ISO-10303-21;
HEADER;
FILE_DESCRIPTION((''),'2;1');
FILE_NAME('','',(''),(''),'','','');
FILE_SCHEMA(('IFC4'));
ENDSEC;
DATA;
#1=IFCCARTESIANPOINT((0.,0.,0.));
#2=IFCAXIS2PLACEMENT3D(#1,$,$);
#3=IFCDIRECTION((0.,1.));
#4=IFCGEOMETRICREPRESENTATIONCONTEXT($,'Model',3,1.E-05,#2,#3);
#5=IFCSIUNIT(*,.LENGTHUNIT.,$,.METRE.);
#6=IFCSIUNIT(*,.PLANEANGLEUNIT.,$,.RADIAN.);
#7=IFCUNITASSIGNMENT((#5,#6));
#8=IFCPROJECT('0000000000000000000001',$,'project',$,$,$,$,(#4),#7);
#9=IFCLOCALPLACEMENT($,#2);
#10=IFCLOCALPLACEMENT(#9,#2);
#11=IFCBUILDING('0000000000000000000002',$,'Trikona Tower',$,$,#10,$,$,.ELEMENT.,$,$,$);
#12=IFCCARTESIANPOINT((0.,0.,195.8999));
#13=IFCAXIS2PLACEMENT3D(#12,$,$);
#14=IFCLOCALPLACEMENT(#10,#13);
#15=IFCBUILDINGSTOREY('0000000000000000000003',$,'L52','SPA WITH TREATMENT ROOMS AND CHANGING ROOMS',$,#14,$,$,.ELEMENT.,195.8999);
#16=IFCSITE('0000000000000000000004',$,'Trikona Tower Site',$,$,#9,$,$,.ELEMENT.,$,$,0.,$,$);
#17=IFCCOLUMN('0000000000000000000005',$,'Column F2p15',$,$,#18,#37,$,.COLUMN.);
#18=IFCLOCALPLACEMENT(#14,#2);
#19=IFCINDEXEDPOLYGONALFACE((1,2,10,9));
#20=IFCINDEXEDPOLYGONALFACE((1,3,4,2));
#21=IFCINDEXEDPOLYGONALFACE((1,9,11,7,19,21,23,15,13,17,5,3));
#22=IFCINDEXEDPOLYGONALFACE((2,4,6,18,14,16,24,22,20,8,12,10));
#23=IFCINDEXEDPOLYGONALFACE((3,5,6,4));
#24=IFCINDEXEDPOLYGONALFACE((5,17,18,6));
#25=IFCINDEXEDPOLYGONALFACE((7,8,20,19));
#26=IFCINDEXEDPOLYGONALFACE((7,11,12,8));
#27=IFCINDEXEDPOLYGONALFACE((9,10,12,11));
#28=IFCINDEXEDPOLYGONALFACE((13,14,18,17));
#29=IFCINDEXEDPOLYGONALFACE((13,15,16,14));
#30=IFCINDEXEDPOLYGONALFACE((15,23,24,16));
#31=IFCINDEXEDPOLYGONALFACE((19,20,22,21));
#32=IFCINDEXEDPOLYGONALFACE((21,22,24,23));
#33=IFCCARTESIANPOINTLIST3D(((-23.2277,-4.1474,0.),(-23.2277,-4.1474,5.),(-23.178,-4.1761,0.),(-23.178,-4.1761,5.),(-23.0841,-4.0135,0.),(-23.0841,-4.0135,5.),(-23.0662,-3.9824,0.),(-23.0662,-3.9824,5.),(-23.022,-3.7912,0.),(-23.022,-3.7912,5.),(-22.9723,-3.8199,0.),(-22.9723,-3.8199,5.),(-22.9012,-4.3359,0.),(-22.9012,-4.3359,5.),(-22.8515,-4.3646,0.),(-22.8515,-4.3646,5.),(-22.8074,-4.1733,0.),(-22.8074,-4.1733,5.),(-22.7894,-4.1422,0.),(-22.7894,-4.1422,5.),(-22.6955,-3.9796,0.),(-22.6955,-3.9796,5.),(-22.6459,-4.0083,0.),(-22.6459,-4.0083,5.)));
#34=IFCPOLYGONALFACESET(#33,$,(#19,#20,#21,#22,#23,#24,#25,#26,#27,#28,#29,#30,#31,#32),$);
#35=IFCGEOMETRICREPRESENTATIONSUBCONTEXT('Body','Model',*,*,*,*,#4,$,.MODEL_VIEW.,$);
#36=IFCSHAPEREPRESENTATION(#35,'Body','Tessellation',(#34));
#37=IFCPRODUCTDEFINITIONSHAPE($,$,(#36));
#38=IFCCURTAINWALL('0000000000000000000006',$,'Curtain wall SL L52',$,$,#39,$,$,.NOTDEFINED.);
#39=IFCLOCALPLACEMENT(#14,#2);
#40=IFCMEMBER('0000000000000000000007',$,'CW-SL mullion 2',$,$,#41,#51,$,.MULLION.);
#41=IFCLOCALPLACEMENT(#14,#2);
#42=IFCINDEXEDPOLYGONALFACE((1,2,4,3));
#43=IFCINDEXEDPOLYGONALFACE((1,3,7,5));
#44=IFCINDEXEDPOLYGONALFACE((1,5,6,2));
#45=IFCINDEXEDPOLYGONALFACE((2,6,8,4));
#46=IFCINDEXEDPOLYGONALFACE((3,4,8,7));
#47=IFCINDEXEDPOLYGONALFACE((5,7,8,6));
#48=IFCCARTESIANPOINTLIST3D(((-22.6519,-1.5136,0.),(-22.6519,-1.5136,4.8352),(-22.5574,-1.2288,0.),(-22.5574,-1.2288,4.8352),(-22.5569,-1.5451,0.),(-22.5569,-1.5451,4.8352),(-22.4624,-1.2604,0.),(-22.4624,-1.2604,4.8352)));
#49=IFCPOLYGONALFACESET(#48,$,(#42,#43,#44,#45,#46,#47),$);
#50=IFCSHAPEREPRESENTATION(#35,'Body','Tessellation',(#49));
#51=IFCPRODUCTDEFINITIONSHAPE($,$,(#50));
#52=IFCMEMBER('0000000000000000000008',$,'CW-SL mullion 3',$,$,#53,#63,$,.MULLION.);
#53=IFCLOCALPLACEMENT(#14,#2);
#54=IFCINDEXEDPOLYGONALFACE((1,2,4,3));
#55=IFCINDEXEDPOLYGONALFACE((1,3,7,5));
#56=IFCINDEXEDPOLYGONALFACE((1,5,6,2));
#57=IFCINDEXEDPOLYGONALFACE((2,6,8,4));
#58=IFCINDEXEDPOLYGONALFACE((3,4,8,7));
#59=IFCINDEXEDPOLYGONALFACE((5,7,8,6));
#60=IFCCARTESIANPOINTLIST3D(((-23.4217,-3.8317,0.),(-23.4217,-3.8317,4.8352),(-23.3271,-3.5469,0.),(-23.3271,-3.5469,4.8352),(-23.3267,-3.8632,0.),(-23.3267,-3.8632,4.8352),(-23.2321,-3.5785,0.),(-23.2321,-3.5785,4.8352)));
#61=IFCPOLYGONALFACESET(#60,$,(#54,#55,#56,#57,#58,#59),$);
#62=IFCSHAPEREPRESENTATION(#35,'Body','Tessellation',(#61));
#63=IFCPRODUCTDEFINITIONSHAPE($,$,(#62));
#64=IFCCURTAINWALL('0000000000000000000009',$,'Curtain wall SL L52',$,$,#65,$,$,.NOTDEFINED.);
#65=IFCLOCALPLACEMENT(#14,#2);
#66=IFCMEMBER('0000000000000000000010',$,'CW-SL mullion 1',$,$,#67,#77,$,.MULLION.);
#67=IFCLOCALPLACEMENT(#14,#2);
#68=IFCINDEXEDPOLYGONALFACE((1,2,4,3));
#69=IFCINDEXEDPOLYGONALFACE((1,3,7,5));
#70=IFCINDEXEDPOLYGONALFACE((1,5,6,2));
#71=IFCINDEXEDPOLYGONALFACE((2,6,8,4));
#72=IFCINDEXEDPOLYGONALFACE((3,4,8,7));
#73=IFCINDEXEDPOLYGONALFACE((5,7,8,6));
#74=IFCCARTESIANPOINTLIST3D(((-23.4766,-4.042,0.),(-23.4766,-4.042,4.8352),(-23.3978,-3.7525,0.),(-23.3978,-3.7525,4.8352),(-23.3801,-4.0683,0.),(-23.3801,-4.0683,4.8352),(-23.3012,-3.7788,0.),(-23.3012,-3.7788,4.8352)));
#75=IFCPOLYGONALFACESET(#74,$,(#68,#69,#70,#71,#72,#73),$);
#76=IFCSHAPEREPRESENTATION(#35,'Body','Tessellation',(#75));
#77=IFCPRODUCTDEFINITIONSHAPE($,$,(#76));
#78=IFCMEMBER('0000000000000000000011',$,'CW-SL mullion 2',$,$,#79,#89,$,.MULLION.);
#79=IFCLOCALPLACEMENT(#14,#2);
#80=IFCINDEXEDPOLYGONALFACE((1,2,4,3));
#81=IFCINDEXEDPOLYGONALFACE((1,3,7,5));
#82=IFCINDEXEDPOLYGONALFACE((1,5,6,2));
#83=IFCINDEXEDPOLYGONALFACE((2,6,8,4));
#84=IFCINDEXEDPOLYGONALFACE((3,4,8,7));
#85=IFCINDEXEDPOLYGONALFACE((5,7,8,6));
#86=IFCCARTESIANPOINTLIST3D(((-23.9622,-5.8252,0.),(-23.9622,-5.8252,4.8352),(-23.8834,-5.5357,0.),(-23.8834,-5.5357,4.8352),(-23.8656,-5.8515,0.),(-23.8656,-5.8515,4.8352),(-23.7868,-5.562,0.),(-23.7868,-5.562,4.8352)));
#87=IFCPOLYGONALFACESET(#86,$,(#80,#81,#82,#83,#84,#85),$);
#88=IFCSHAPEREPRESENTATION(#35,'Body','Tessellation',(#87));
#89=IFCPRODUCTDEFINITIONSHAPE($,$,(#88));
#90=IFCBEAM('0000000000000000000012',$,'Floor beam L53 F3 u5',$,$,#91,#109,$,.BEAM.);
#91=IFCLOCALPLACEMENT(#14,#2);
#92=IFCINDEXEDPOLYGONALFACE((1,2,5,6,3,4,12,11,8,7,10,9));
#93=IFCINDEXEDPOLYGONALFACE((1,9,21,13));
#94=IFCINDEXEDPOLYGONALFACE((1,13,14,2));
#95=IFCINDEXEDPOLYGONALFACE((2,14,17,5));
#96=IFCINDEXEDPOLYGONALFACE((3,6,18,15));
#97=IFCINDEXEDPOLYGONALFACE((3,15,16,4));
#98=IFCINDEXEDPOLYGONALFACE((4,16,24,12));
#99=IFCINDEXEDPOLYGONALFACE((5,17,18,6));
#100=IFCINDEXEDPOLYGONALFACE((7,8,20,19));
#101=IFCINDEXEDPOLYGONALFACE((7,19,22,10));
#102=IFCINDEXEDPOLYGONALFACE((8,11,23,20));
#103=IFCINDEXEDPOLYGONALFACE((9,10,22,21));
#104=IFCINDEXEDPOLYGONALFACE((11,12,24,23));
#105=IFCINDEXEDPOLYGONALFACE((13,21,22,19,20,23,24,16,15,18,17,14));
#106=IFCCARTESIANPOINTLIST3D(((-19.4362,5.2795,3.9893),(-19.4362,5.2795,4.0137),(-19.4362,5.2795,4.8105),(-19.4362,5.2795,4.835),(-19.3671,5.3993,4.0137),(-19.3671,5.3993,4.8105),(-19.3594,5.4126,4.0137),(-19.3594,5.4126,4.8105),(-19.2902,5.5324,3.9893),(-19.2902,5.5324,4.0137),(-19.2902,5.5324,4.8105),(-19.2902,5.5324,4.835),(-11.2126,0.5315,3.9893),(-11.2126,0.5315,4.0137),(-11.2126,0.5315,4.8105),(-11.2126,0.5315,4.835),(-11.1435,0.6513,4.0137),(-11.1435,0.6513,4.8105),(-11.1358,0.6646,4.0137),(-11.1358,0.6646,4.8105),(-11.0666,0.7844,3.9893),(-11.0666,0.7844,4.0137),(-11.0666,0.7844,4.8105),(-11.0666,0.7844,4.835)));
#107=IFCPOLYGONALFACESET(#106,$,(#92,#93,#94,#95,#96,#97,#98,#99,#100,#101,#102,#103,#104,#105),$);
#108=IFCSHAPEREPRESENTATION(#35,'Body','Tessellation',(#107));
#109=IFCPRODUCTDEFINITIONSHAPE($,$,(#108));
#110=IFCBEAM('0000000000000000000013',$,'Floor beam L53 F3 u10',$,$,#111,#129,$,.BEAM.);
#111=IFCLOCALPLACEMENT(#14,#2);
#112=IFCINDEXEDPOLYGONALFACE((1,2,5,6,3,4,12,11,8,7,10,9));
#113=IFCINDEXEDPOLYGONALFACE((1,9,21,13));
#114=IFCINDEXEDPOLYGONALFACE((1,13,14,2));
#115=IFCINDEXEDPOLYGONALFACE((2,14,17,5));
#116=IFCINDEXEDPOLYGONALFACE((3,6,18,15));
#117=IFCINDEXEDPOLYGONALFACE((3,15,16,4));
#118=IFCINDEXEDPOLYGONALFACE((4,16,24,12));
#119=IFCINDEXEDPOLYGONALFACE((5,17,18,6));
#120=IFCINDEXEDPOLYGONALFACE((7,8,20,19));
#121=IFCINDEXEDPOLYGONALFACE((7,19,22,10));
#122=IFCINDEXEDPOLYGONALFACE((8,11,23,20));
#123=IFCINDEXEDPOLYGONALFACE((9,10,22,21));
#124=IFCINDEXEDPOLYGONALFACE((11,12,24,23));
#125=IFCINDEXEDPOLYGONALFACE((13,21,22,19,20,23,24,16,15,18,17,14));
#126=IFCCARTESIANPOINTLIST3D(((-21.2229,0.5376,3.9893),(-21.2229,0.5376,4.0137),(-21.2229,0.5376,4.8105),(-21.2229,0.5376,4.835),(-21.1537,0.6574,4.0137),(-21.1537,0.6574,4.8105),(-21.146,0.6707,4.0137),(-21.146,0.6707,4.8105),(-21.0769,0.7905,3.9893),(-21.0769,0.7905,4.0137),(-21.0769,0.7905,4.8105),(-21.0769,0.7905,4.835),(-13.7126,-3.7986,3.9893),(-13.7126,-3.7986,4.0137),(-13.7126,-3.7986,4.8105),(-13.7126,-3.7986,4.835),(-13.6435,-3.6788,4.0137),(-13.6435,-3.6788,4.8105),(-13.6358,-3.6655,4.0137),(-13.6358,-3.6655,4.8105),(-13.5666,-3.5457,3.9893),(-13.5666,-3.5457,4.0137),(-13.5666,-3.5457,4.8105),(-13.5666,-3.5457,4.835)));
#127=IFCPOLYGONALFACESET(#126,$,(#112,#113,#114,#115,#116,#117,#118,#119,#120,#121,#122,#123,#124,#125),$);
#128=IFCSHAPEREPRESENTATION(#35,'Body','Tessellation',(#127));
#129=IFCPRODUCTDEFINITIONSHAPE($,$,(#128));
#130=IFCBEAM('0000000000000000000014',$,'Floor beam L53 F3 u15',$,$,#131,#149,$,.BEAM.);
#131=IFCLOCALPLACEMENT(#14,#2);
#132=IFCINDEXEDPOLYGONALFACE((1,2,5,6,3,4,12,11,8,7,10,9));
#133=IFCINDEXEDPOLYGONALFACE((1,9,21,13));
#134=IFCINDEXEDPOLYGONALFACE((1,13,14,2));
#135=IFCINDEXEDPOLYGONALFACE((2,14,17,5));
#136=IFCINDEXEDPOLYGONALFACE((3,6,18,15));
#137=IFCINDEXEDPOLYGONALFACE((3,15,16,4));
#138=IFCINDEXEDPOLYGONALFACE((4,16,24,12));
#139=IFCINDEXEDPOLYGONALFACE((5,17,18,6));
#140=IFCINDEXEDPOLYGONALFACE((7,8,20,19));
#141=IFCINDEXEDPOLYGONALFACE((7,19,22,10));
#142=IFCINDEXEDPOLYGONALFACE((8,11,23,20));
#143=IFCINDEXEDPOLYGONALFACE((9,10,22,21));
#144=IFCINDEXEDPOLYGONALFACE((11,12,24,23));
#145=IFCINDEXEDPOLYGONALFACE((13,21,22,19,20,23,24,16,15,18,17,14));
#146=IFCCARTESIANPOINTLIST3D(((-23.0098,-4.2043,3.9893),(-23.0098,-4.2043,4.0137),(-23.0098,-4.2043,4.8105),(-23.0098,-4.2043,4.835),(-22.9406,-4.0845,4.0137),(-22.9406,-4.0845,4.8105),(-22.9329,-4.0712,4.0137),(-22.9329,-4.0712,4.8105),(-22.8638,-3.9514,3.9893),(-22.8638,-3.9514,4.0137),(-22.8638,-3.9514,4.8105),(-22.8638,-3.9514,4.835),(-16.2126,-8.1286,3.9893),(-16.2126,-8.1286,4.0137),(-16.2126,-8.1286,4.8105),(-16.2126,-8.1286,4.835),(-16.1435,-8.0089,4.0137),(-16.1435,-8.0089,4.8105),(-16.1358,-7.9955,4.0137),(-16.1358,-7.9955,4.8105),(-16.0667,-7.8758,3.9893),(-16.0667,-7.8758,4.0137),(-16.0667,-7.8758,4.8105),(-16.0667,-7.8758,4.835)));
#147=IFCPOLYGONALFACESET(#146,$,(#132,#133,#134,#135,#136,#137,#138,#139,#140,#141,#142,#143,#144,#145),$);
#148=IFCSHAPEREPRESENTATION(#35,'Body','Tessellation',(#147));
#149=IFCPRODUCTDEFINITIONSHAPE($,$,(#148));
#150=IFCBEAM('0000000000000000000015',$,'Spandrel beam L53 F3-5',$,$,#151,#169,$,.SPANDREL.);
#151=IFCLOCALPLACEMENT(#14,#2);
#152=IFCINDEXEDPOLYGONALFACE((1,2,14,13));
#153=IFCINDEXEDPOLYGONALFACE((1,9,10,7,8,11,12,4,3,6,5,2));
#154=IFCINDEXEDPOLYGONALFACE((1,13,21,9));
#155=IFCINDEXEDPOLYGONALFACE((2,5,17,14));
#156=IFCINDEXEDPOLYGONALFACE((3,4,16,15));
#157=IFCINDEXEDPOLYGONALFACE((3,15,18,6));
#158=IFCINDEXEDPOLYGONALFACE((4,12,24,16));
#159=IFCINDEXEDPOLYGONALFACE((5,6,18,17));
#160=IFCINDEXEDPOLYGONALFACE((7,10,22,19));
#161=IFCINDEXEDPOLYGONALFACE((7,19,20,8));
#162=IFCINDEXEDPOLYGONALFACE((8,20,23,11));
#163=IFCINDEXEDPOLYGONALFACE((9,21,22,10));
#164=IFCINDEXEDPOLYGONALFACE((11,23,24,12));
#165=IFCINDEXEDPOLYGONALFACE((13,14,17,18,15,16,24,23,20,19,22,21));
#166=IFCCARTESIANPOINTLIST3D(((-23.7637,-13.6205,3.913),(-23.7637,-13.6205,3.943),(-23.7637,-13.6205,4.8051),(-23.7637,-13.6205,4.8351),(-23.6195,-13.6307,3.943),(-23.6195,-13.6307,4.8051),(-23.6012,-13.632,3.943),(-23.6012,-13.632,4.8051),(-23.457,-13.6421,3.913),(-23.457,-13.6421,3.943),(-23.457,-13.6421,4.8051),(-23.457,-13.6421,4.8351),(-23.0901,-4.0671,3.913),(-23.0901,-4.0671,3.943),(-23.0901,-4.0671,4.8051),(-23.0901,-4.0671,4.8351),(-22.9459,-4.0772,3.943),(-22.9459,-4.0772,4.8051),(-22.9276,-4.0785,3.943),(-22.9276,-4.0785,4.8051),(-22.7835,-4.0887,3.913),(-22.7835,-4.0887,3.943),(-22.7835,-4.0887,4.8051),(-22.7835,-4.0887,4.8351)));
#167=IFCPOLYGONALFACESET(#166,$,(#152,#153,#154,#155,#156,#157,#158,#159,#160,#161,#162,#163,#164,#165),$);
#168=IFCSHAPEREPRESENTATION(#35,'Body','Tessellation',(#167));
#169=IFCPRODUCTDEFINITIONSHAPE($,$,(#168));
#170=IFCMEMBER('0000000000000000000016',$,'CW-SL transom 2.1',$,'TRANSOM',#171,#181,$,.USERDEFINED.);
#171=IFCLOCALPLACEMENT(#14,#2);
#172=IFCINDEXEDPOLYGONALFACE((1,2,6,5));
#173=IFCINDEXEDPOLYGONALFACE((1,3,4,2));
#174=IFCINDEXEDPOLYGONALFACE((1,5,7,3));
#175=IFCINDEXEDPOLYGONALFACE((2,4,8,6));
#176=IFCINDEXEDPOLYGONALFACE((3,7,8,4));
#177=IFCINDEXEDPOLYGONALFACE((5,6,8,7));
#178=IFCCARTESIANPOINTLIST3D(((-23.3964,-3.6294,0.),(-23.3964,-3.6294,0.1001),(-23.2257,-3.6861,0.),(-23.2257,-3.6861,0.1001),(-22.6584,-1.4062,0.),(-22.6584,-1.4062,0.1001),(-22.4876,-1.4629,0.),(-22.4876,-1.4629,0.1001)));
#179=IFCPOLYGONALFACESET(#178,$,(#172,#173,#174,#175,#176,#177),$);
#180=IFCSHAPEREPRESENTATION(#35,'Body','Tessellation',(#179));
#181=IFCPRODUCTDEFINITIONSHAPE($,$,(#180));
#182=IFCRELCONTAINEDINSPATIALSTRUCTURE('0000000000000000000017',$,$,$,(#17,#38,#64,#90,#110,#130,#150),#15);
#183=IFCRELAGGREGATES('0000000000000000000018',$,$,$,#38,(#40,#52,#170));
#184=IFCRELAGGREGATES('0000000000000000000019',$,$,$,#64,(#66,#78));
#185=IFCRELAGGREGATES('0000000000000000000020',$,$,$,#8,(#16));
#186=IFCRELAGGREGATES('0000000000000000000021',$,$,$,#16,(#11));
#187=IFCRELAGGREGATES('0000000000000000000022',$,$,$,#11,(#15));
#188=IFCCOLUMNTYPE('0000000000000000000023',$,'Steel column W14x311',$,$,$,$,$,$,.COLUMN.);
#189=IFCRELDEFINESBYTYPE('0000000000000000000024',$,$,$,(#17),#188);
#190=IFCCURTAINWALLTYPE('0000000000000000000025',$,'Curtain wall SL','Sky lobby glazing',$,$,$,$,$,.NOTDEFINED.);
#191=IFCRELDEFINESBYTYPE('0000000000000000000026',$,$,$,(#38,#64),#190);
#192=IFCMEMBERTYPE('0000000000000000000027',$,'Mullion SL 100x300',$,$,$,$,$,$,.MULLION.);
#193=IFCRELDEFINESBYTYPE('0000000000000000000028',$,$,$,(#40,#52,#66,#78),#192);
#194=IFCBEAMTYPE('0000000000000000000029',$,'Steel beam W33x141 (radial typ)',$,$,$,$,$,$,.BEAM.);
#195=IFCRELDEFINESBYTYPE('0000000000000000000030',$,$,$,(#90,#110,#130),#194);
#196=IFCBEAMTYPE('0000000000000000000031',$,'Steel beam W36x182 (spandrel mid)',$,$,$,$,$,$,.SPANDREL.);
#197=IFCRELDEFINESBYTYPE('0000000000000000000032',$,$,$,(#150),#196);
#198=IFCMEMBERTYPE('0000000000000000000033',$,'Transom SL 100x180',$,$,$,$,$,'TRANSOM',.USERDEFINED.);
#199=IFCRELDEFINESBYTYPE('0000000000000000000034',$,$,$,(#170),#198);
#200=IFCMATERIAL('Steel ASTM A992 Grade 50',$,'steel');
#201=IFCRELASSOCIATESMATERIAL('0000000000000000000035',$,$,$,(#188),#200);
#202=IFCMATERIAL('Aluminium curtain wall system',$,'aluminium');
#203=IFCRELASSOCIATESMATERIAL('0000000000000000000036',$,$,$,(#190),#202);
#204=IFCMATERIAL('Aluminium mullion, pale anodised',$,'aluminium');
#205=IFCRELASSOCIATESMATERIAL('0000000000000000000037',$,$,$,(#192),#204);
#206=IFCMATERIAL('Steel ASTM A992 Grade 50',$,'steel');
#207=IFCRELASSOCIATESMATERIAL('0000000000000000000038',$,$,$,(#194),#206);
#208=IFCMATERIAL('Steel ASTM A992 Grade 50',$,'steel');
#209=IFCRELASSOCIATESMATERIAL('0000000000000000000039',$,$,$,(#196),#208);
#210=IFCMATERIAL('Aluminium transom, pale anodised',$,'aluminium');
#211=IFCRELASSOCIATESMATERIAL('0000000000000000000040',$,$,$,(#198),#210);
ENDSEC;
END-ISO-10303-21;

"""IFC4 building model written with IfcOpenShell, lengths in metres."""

from ifc_helpers import new_model, si_unit, direction, frame, origin, origin_2d, place, context, subcontext, project, spatial, rectangle, i_section, extrude, material, material_profile, profile_set, type_object, element, aggregate, save


model = new_model("IFC4")

# Units and contexts
model_context = context("Model", 3, precision=1e-05, world=origin(), true_north=direction((0.0, 1.0)))
body_context = subcontext(model_context, "Body", "Model", "MODEL_VIEW")
ifc_project = project(units=[si_unit("LENGTHUNIT", "METRE"), si_unit("PLANEANGLEUNIT", "RADIAN")], contexts=[model_context])

# Site, building, storey
site_placement = place(None, origin())
site = spatial("IfcSite", under=ifc_project, at=site_placement, Name="Trikona Tower Site", CompositionType="ELEMENT", RefElevation=0.0)
building_placement = place(site_placement, origin())
building = spatial("IfcBuilding", under=site, at=building_placement, Name="Trikona Tower", CompositionType="ELEMENT")
storey_placement = place(building_placement, frame((0.0, 0.0, 195.8999)))
storey = spatial("IfcBuildingStorey", under=building, at=storey_placement, Name="L52", Description="SPA WITH TREATMENT ROOMS AND CHANGING ROOMS", CompositionType="ELEMENT", Elevation=195.8999)

# Column
ifc_material_1 = material(Name="Steel ASTM A992 Grade 50", Category="steel")
ifc_material_profile_1 = material_profile(ifc_material_1, i_section(OverallWidth=0.4114, OverallDepth=0.4343, WebThickness=0.0359, FlangeThickness=0.0574, at=origin_2d()), Name="W14X311")
ifc_profile_set_1 = profile_set([ifc_material_profile_1], Name="Steel ASTM A992 Grade 50")
column_type = type_object("IfcColumnType", Name="Steel column W14x311", PredefinedType="COLUMN", material=ifc_profile_set_1)
column_placement = place(storey_placement, frame((-22.9368, -4.0779, 0.0), z_axis=(0.0, 0.0, 1.0), x_axis=(-0.5, -0.866025, 0.0)))
element("IfcColumn", 1, at=column_placement, inside=storey, type_object=column_type, Name="Column F2p15", PredefinedType="COLUMN", context=body_context, shape_type="SweptSolid", body=[
    extrude(i_section(OverallWidth=0.4114, OverallDepth=0.4343, WebThickness=0.0359, FlangeThickness=0.0574, at=origin_2d()), origin(), (0.0, 0.0, 1.0), 5.0),
])

# Curtain walls, members
ifc_material_2 = material(Name="Aluminium curtain wall system", Category="aluminium")
curtain_wall_type = type_object("IfcCurtainWallType", Name="Curtain wall SL", Description="Sky lobby glazing", PredefinedType="NOTDEFINED", material=ifc_material_2)
curtain_wall_1_placement = place(storey_placement, origin())
curtain_wall_1 = element("IfcCurtainWall", 2, at=curtain_wall_1_placement, inside=storey, type_object=curtain_wall_type, Name="Curtain wall SL L52", PredefinedType="NOTDEFINED")
ifc_material_3 = material(Name="Aluminium mullion, pale anodised", Category="aluminium")
ifc_material_profile_2 = material_profile(ifc_material_3, rectangle(XDim=0.1001, YDim=0.3, at=origin_2d()), Name="MUL-SL")
ifc_profile_set_2 = profile_set([ifc_material_profile_2], Name="Aluminium mullion, pale anodised")
member_type_1 = type_object("IfcMemberType", Name="Mullion SL 100x300", PredefinedType="MULLION", material=ifc_profile_set_2)
member_1_placement = place(storey_placement, frame((-22.5571, -1.387, 0.0), z_axis=(0.0, 0.0, 1.0), x_axis=(0.94906, -0.315096, 0.0)))
member_1 = element("IfcMember", 3, at=member_1_placement, type_object=member_type_1, Name="CW-SL mullion 2", PredefinedType="MULLION", context=body_context, shape_type="SweptSolid", body=[
    extrude(rectangle(XDim=0.1001, YDim=0.3, at=origin_2d()), origin(), (0.0, 0.0, 1.0), 4.8352),
])
member_2_placement = place(storey_placement, frame((-23.3269, -3.7051, 0.0), z_axis=(0.0, 0.0, 1.0), x_axis=(0.94906, -0.315096, 0.0)))
member_2 = element("IfcMember", 4, at=member_2_placement, type_object=member_type_1, Name="CW-SL mullion 3", PredefinedType="MULLION", context=body_context, shape_type="SweptSolid", body=[
    extrude(rectangle(XDim=0.1001, YDim=0.3, at=origin_2d()), origin(), (0.0, 0.0, 1.0), 4.8352),
])
curtain_wall_2_placement = place(storey_placement, origin())
curtain_wall_2 = element("IfcCurtainWall", 5, at=curtain_wall_2_placement, inside=storey, type_object=curtain_wall_type, Name="Curtain wall SL L52", PredefinedType="NOTDEFINED")
member_3_placement = place(storey_placement, frame((-23.3889, -3.9104, 0.0), z_axis=(0.0, 0.0, 1.0), x_axis=(0.964851, -0.262796, 0.0)))
member_3 = element("IfcMember", 6, at=member_3_placement, type_object=member_type_1, Name="CW-SL mullion 1", PredefinedType="MULLION", context=body_context, shape_type="SweptSolid", body=[
    extrude(rectangle(XDim=0.1001, YDim=0.3, at=origin_2d()), origin(), (0.0, 0.0, 1.0), 4.8352),
])
member_4_placement = place(storey_placement, frame((-23.8745, -5.6936, 0.0), z_axis=(0.0, 0.0, 1.0), x_axis=(0.964851, -0.262796, 0.0)))
member_4 = element("IfcMember", 7, at=member_4_placement, type_object=member_type_1, Name="CW-SL mullion 2", PredefinedType="MULLION", context=body_context, shape_type="SweptSolid", body=[
    extrude(rectangle(XDim=0.1001, YDim=0.3, at=origin_2d()), origin(), (0.0, 0.0, 1.0), 4.8352),
])

# Beams
ifc_material_4 = material(Name="Steel ASTM A992 Grade 50", Category="steel")
ifc_material_profile_3 = material_profile(ifc_material_4, i_section(OverallWidth=0.292, OverallDepth=0.8457, WebThickness=0.0154, FlangeThickness=0.0244, at=origin_2d()), Name="W33X141")
ifc_profile_set_3 = profile_set([ifc_material_profile_3], Name="Steel ASTM A992 Grade 50")
beam_type_1 = type_object("IfcBeamType", Name="Steel beam W33x141 (radial typ)", PredefinedType="BEAM", material=ifc_profile_set_3)
beam_1_placement = place(storey_placement, frame((-11.1396, 0.658, 4.4121), z_axis=(-0.866019, 0.50001, 0.0), x_axis=(-0.50001, -0.866019, 0.0)))
element("IfcBeam", 8, at=beam_1_placement, inside=storey, type_object=beam_type_1, Name="Floor beam L53 F3 u5", PredefinedType="BEAM", context=body_context, shape_type="SweptSolid", body=[
    extrude(i_section(OverallWidth=0.292, OverallDepth=0.8457, WebThickness=0.0154, FlangeThickness=0.0244, at=origin_2d()), origin(), (0.0, 0.0, 1.0), 9.4958),
])
beam_2_placement = place(storey_placement, frame((-13.6396, -3.6721, 4.4121), z_axis=(-0.866019, 0.500012, 0.0), x_axis=(-0.500012, -0.866019, 0.0)))
element("IfcBeam", 9, at=beam_2_placement, inside=storey, type_object=beam_type_1, Name="Floor beam L53 F3 u10", PredefinedType="BEAM", context=body_context, shape_type="SweptSolid", body=[
    extrude(i_section(OverallWidth=0.292, OverallDepth=0.8457, WebThickness=0.0154, FlangeThickness=0.0244, at=origin_2d()), origin(), (0.0, 0.0, 1.0), 8.6721),
])
beam_3_placement = place(storey_placement, frame((-16.1396, -8.0022, 4.4121), z_axis=(-0.866026, 0.5, 0.0), x_axis=(-0.5, -0.866026, 0.0)))
element("IfcBeam", 10, at=beam_3_placement, inside=storey, type_object=beam_type_1, Name="Floor beam L53 F3 u15", PredefinedType="BEAM", context=body_context, shape_type="SweptSolid", body=[
    extrude(i_section(OverallWidth=0.292, OverallDepth=0.8457, WebThickness=0.0154, FlangeThickness=0.0244, at=origin_2d()), origin(), (0.0, 0.0, 1.0), 7.8486),
])
ifc_material_5 = material(Name="Steel ASTM A992 Grade 50", Category="steel")
ifc_material_profile_4 = material_profile(ifc_material_5, i_section(OverallWidth=0.3074, OverallDepth=0.9221, WebThickness=0.0183, FlangeThickness=0.03, at=origin_2d()), Name="W36X182")
ifc_profile_set_4 = profile_set([ifc_material_profile_4], Name="Steel ASTM A992 Grade 50")
beam_type_2 = type_object("IfcBeamType", Name="Steel beam W36x182 (spandrel mid)", PredefinedType="SPANDREL", material=ifc_profile_set_4)
beam_4_placement = place(storey_placement, frame((-22.9368, -4.0779, 4.374), z_axis=(-0.070332, -0.997524, 0.0), x_axis=(0.997524, -0.070332, 0.0)))
element("IfcBeam", 11, at=beam_4_placement, inside=storey, type_object=beam_type_2, Name="Spandrel beam L53 F3-5", PredefinedType="SPANDREL", context=body_context, shape_type="SweptSolid", body=[
    extrude(i_section(OverallWidth=0.3074, OverallDepth=0.9221, WebThickness=0.0183, FlangeThickness=0.03, at=origin_2d()), origin(), (0.0, 0.0, 1.0), 9.5771),
])

# Member
ifc_material_6 = material(Name="Aluminium transom, pale anodised", Category="aluminium")
ifc_material_profile_5 = material_profile(ifc_material_6, rectangle(XDim=0.1799, YDim=0.1001, at=origin_2d()), Name="TRN-SL")
ifc_profile_set_5 = profile_set([ifc_material_profile_5], Name="Aluminium transom, pale anodised")
member_type_2 = type_object("IfcMemberType", Name="Transom SL 100x180", ElementType="TRANSOM", PredefinedType="USERDEFINED", material=ifc_profile_set_5)
member_5_placement = place(storey_placement, frame((-22.573, -1.4346, 0.05), z_axis=(-0.315071, -0.949068, 0.0), x_axis=(0.949068, -0.315071, 0.0)))
member_5 = element("IfcMember", 12, at=member_5_placement, type_object=member_type_2, Name="CW-SL transom 2.1", ObjectType="TRANSOM", PredefinedType="USERDEFINED", context=body_context, shape_type="SweptSolid", body=[
    extrude(rectangle(XDim=0.1799, YDim=0.1001, at=origin_2d()), origin(), (0.0, 0.0, 1.0), 2.3425),
])

aggregate(curtain_wall_1, [member_1, member_2, member_5])
aggregate(curtain_wall_2, [member_3, member_4])

save(model, "model.ifc")
